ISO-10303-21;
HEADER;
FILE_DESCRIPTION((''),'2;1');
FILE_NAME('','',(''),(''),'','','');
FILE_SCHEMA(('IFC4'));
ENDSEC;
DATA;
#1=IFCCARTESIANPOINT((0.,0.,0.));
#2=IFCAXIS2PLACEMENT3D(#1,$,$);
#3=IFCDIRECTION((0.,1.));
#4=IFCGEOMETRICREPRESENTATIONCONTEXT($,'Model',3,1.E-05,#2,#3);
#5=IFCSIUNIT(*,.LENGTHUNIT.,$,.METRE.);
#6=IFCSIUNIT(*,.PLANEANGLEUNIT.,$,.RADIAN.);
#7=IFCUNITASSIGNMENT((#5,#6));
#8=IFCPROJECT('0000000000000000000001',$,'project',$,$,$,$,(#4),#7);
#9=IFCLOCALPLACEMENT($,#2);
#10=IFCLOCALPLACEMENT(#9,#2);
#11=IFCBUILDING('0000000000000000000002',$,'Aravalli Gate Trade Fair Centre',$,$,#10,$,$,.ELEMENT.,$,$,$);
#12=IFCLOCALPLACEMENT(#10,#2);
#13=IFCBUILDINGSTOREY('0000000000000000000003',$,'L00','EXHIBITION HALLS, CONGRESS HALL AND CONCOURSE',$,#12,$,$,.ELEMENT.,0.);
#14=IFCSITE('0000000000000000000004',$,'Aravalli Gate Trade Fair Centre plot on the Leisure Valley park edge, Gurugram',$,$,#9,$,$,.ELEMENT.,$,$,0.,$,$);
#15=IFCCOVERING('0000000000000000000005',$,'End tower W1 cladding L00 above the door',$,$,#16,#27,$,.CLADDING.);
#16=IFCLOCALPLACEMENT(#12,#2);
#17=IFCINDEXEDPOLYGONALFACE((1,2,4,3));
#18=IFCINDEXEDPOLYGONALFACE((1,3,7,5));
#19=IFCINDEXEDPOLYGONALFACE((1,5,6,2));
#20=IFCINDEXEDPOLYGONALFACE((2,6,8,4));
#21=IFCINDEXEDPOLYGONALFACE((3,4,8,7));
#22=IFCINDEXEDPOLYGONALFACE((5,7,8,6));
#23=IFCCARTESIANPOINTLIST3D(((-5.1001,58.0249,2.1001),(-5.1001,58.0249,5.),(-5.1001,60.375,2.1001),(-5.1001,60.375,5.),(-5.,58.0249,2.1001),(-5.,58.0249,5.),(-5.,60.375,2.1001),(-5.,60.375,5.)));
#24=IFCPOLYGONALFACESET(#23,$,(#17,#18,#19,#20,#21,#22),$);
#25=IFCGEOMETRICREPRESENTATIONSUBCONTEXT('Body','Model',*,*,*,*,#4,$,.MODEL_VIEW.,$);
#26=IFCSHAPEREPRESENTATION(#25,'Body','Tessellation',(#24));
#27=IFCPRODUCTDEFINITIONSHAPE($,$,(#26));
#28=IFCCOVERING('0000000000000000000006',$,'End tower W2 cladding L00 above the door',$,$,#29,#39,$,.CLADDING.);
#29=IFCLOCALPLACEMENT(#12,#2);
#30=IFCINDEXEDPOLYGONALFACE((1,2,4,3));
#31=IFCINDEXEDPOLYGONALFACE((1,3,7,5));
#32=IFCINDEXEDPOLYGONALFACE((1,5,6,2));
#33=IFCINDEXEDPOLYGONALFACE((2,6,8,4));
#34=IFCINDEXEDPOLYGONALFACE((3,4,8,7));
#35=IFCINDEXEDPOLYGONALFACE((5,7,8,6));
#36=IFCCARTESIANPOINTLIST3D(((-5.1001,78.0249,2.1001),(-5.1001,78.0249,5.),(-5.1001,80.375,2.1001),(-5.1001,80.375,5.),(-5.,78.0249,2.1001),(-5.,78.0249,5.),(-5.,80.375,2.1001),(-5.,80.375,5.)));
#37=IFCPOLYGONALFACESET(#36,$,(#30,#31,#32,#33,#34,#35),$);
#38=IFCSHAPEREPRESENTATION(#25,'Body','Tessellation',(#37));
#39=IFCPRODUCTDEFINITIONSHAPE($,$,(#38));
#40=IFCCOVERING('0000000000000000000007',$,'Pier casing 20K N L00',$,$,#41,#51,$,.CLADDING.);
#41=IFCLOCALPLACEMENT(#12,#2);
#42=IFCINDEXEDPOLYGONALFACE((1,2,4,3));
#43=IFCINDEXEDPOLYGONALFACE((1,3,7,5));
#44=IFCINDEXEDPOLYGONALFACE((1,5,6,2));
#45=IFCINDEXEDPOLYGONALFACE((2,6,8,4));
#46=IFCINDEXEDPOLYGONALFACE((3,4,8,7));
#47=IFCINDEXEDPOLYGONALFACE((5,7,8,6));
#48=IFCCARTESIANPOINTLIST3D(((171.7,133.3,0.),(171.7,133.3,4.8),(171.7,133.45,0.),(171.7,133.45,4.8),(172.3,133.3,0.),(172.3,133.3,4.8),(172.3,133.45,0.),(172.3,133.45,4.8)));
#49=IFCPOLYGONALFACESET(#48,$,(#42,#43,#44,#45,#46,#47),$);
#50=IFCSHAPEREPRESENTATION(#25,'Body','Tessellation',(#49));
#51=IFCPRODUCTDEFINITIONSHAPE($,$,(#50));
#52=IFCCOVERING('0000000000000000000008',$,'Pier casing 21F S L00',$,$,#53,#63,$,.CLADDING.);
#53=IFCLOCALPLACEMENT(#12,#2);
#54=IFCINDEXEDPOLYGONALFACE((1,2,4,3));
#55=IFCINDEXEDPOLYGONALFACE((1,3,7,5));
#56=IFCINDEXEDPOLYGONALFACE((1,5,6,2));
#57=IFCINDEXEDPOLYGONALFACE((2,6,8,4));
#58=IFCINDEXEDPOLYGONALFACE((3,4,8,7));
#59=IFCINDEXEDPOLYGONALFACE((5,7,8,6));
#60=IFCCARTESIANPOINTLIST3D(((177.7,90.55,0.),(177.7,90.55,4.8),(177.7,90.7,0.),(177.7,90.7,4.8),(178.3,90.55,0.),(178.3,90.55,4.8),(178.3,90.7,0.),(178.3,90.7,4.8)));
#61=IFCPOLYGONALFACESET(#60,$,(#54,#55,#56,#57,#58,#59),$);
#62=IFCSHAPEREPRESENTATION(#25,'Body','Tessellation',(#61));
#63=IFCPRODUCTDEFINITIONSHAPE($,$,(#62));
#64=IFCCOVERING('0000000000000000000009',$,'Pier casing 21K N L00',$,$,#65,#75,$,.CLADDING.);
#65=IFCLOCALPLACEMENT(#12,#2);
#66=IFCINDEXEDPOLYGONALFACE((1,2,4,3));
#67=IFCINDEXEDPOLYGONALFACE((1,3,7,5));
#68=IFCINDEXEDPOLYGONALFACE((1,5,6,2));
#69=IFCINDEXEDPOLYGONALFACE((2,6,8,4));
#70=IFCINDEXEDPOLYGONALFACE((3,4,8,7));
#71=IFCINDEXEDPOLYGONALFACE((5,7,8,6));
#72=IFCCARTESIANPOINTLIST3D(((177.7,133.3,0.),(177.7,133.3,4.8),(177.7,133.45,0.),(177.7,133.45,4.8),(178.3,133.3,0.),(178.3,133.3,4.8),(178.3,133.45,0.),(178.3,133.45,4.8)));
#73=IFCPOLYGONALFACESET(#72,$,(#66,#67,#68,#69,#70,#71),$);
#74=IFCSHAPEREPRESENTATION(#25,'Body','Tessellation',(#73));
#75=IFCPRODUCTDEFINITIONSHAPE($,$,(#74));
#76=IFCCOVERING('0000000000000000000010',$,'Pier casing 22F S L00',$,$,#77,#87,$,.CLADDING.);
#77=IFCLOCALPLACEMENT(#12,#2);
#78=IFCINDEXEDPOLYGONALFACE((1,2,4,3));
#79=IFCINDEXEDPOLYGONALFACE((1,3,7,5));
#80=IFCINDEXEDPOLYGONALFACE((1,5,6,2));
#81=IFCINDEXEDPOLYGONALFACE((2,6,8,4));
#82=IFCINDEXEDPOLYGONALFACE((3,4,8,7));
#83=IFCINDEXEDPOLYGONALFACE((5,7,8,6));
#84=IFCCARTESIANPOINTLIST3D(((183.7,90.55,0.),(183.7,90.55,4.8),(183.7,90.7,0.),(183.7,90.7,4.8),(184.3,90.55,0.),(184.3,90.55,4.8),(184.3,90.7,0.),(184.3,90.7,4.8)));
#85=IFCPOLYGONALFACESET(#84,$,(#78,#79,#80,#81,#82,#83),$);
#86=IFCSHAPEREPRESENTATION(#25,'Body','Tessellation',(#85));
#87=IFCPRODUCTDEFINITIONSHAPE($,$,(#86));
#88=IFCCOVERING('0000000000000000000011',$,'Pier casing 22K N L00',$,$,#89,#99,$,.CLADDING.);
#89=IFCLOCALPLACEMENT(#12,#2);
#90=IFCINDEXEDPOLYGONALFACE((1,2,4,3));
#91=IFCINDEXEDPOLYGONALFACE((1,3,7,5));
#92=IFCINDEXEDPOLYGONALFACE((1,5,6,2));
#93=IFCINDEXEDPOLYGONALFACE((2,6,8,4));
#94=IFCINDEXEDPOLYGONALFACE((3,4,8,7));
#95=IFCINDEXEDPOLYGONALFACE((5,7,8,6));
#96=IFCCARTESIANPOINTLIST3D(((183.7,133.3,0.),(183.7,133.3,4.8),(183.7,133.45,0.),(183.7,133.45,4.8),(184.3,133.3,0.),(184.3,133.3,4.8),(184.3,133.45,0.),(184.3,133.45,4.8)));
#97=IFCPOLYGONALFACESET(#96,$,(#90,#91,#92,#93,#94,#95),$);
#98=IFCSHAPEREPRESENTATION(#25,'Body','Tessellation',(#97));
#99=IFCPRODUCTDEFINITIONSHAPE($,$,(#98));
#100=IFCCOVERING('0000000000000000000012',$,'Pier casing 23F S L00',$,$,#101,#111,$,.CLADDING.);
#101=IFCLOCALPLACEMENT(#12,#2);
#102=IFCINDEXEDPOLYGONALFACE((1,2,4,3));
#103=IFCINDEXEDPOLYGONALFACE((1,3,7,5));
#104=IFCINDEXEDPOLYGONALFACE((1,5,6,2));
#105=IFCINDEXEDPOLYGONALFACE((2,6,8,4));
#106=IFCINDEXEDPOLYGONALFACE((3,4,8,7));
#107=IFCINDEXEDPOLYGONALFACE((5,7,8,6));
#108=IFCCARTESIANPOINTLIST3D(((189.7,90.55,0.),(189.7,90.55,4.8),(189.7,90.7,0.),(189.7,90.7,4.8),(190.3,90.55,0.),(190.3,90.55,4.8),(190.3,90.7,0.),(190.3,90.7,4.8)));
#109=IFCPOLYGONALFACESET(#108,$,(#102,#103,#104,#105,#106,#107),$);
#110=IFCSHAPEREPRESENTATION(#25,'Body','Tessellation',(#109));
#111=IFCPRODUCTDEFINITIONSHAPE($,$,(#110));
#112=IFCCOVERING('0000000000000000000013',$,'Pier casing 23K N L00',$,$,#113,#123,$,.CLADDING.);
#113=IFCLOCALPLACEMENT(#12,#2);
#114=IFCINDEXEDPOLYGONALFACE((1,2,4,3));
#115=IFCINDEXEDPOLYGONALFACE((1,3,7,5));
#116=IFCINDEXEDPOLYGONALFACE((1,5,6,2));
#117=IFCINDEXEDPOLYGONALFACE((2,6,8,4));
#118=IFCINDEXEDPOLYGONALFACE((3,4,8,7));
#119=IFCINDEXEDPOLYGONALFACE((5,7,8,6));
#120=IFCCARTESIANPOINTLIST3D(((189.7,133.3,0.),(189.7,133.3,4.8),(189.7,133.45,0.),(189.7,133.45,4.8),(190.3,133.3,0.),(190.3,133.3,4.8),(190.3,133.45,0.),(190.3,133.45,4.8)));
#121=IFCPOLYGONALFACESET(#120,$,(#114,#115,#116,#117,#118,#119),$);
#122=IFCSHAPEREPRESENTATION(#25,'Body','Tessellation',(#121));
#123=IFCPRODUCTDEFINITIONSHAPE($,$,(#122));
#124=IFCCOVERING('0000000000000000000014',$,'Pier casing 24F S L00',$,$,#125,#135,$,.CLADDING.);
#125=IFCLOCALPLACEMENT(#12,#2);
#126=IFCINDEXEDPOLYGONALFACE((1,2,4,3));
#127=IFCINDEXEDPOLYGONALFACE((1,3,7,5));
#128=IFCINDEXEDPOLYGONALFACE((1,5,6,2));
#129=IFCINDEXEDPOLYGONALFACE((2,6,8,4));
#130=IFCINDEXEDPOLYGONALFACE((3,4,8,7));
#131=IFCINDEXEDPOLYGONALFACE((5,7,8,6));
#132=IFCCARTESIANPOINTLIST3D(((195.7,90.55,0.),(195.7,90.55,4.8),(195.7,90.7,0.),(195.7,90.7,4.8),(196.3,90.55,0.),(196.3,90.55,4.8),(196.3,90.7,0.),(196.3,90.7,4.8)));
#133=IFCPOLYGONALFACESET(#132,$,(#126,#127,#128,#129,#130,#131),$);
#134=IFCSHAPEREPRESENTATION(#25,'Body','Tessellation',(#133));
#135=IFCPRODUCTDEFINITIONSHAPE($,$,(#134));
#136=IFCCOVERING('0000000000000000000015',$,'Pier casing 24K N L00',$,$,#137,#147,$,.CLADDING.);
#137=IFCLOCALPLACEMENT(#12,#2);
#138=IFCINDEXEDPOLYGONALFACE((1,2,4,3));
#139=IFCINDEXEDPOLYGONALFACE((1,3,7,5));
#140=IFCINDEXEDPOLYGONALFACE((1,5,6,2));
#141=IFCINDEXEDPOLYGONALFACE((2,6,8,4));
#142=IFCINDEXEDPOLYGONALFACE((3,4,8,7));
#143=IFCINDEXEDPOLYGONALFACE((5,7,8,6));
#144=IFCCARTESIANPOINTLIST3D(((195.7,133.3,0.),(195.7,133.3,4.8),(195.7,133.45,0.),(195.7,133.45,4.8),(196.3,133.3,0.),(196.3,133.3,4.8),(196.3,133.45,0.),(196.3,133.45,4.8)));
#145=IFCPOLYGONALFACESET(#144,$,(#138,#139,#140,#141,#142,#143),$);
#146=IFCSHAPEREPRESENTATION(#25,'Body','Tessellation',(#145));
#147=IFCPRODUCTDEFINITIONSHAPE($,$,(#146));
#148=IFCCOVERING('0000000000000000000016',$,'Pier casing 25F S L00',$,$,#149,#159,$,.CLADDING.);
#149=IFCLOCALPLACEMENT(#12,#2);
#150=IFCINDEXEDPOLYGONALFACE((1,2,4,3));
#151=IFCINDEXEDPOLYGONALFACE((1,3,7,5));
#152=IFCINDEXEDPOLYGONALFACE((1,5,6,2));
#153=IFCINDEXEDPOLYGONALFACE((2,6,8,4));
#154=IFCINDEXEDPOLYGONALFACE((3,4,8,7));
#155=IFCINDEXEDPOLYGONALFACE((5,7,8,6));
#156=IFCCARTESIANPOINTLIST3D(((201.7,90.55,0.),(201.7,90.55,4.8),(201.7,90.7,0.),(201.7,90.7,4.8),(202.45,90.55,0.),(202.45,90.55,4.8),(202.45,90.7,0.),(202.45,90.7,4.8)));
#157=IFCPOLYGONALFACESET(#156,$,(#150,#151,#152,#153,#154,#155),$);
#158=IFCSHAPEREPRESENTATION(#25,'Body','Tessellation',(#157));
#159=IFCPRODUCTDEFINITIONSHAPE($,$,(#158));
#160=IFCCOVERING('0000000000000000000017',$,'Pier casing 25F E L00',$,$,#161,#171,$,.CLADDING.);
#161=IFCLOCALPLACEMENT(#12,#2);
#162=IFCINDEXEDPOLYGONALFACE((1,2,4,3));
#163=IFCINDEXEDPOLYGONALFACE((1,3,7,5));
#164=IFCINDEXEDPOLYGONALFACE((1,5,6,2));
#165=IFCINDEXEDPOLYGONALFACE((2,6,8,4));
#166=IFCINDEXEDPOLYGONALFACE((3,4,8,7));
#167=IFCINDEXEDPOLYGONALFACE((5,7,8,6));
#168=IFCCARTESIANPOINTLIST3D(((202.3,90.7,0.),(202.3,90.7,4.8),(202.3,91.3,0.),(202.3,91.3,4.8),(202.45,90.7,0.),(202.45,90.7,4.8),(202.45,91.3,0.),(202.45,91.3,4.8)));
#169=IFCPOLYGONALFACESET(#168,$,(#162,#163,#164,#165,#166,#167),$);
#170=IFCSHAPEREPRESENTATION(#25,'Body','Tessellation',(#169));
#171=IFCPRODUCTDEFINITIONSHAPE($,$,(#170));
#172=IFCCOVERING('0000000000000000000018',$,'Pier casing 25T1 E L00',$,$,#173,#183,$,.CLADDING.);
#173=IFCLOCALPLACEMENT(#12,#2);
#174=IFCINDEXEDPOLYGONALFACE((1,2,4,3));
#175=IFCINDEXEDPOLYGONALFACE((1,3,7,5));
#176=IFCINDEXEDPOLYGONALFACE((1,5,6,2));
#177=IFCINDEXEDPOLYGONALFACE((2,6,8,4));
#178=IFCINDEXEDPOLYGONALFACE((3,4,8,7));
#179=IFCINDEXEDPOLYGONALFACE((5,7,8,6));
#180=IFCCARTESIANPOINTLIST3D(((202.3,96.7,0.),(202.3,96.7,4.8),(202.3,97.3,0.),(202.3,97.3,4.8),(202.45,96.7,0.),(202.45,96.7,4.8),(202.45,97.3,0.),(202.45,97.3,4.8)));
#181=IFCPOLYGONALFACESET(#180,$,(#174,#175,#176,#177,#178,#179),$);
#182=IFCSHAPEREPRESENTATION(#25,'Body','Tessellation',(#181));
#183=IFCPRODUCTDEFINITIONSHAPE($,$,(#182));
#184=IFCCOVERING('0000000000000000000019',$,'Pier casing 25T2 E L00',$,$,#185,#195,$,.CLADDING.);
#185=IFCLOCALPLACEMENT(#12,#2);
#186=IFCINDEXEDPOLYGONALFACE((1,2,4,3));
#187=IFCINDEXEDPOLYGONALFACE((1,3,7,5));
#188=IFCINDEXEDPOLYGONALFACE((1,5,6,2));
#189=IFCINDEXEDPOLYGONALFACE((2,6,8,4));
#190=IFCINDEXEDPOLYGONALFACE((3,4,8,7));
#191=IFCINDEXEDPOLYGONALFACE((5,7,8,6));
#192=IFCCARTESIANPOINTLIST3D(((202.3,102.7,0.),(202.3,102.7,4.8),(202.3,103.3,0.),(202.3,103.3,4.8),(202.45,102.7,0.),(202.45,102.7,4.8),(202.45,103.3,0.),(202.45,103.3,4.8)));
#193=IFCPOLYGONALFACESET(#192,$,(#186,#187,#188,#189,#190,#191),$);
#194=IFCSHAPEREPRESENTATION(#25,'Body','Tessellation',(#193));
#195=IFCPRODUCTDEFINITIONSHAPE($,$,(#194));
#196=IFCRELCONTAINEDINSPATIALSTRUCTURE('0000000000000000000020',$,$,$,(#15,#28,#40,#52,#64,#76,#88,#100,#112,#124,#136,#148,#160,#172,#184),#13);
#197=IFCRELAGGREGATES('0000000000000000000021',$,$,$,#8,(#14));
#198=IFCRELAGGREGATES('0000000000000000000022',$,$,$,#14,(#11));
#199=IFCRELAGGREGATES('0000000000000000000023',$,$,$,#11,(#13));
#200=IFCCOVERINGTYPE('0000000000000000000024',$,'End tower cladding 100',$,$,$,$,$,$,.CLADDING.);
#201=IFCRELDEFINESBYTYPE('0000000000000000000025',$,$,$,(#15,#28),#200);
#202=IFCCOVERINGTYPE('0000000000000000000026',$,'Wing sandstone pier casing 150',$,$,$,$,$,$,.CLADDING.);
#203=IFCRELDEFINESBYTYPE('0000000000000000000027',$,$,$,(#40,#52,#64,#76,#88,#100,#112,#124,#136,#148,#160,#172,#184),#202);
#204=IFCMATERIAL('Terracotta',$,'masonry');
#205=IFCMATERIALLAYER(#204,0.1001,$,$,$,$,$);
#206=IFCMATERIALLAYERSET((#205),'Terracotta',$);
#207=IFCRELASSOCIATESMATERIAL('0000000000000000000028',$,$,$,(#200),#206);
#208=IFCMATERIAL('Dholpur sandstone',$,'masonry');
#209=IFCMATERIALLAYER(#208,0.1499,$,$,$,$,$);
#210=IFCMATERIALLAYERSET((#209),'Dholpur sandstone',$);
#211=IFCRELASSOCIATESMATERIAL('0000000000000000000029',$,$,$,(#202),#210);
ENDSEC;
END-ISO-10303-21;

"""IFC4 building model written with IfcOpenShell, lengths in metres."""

from ifc_helpers import new_model, si_unit, direction, frame, origin, place, context, subcontext, project, spatial, polyline, outline, extrude, material, layer, layer_set, type_object, element, save


model = new_model("IFC4")

# Units and contexts
model_context = context("Model", 3, precision=1e-05, world=origin(), true_north=direction((0.0, 1.0)))
body_context = subcontext(model_context, "Body", "Model", "MODEL_VIEW")
ifc_project = project(units=[si_unit("LENGTHUNIT", "METRE"), si_unit("PLANEANGLEUNIT", "RADIAN")], contexts=[model_context])

# Site, building, storey
site_placement = place(None, origin())
site = spatial("IfcSite", under=ifc_project, at=site_placement, Name="Aravalli Gate Trade Fair Centre plot on the Leisure Valley park edge, Gurugram", CompositionType="ELEMENT", RefElevation=0.0)
building_placement = place(site_placement, origin())
building = spatial("IfcBuilding", under=site, at=building_placement, Name="Aravalli Gate Trade Fair Centre", CompositionType="ELEMENT")
storey_placement = place(building_placement, origin())
storey = spatial("IfcBuildingStorey", under=building, at=storey_placement, Name="L00", Description="EXHIBITION HALLS, CONGRESS HALL AND CONCOURSE", CompositionType="ELEMENT", Elevation=0.0)

# Coverings
ifc_material_1 = material(Name="Terracotta", Category="masonry")
ifc_layer_1 = layer(ifc_material_1, 0.1001)
ifc_layer_set_1 = layer_set([ifc_layer_1], Name="Terracotta")
covering_type_1 = type_object("IfcCoveringType", Name="End tower cladding 100", PredefinedType="CLADDING", material=ifc_layer_set_1)
covering_1_placement = place(storey_placement, frame((0.0, 0.0, 2.1001)))
element("IfcCovering", 1, at=covering_1_placement, inside=storey, type_object=covering_type_1, Name="End tower W1 cladding L00 above the door", PredefinedType="CLADDING", context=body_context, shape_type="SweptSolid", body=[
    extrude(outline(polyline([(-5.0, 58.0249), (-5.1001, 58.0249), (-5.1001, 60.375), (-5.0, 60.375), (-5.0, 58.0249)])), origin(), (0.0, 0.0, 1.0), 2.8999),
])
covering_2_placement = place(storey_placement, frame((0.0, 0.0, 2.1001)))
element("IfcCovering", 2, at=covering_2_placement, inside=storey, type_object=covering_type_1, Name="End tower W2 cladding L00 above the door", PredefinedType="CLADDING", context=body_context, shape_type="SweptSolid", body=[
    extrude(outline(polyline([(-5.0, 78.0249), (-5.1001, 78.0249), (-5.1001, 80.375), (-5.0, 80.375), (-5.0, 78.0249)])), origin(), (0.0, 0.0, 1.0), 2.8999),
])
ifc_material_2 = material(Name="Dholpur sandstone", Category="masonry")
ifc_layer_2 = layer(ifc_material_2, 0.1499)
ifc_layer_set_2 = layer_set([ifc_layer_2], Name="Dholpur sandstone")
covering_type_2 = type_object("IfcCoveringType", Name="Wing sandstone pier casing 150", PredefinedType="CLADDING", material=ifc_layer_set_2)
covering_3_placement = place(storey_placement, origin())
element("IfcCovering", 3, at=covering_3_placement, inside=storey, type_object=covering_type_2, Name="Pier casing 20K N L00", PredefinedType="CLADDING", context=body_context, shape_type="SweptSolid", body=[
    extrude(outline(polyline([(171.7, 133.3), (172.3, 133.3), (172.3, 133.45), (171.7, 133.45), (171.7, 133.3)])), origin(), (0.0, 0.0, 1.0), 4.8),
])
covering_4_placement = place(storey_placement, origin())
element("IfcCovering", 4, at=covering_4_placement, inside=storey, type_object=covering_type_2, Name="Pier casing 21F S L00", PredefinedType="CLADDING", context=body_context, shape_type="SweptSolid", body=[
    extrude(outline(polyline([(177.7, 90.55), (178.3, 90.55), (178.3, 90.7), (177.7, 90.7), (177.7, 90.55)])), origin(), (0.0, 0.0, 1.0), 4.8),
])
covering_5_placement = place(storey_placement, origin())
element("IfcCovering", 5, at=covering_5_placement, inside=storey, type_object=covering_type_2, Name="Pier casing 21K N L00", PredefinedType="CLADDING", context=body_context, shape_type="SweptSolid", body=[
    extrude(outline(polyline([(177.7, 133.3), (178.3, 133.3), (178.3, 133.45), (177.7, 133.45), (177.7, 133.3)])), origin(), (0.0, 0.0, 1.0), 4.8),
])
covering_6_placement = place(storey_placement, origin())
element("IfcCovering", 6, at=covering_6_placement, inside=storey, type_object=covering_type_2, Name="Pier casing 22F S L00", PredefinedType="CLADDING", context=body_context, shape_type="SweptSolid", body=[
    extrude(outline(polyline([(183.7, 90.55), (184.3, 90.55), (184.3, 90.7), (183.7, 90.7), (183.7, 90.55)])), origin(), (0.0, 0.0, 1.0), 4.8),
])
covering_7_placement = place(storey_placement, origin())
element("IfcCovering", 7, at=covering_7_placement, inside=storey, type_object=covering_type_2, Name="Pier casing 22K N L00", PredefinedType="CLADDING", context=body_context, shape_type="SweptSolid", body=[
    extrude(outline(polyline([(183.7, 133.3), (184.3, 133.3), (184.3, 133.45), (183.7, 133.45), (183.7, 133.3)])), origin(), (0.0, 0.0, 1.0), 4.8),
])
covering_8_placement = place(storey_placement, origin())
element("IfcCovering", 8, at=covering_8_placement, inside=storey, type_object=covering_type_2, Name="Pier casing 23F S L00", PredefinedType="CLADDING", context=body_context, shape_type="SweptSolid", body=[
    extrude(outline(polyline([(189.7, 90.55), (190.3, 90.55), (190.3, 90.7), (189.7, 90.7), (189.7, 90.55)])), origin(), (0.0, 0.0, 1.0), 4.8),
])
covering_9_placement = place(storey_placement, origin())
element("IfcCovering", 9, at=covering_9_placement, inside=storey, type_object=covering_type_2, Name="Pier casing 23K N L00", PredefinedType="CLADDING", context=body_context, shape_type="SweptSolid", body=[
    extrude(outline(polyline([(189.7, 133.3), (190.3, 133.3), (190.3, 133.45), (189.7, 133.45), (189.7, 133.3)])), origin(), (0.0, 0.0, 1.0), 4.8),
])
covering_10_placement = place(storey_placement, origin())
element("IfcCovering", 10, at=covering_10_placement, inside=storey, type_object=covering_type_2, Name="Pier casing 24F S L00", PredefinedType="CLADDING", context=body_context, shape_type="SweptSolid", body=[
    extrude(outline(polyline([(195.7, 90.55), (196.3, 90.55), (196.3, 90.7), (195.7, 90.7), (195.7, 90.55)])), origin(), (0.0, 0.0, 1.0), 4.8),
])
covering_11_placement = place(storey_placement, origin())
element("IfcCovering", 11, at=covering_11_placement, inside=storey, type_object=covering_type_2, Name="Pier casing 24K N L00", PredefinedType="CLADDING", context=body_context, shape_type="SweptSolid", body=[
    extrude(outline(polyline([(195.7, 133.3), (196.3, 133.3), (196.3, 133.45), (195.7, 133.45), (195.7, 133.3)])), origin(), (0.0, 0.0, 1.0), 4.8),
])
covering_12_placement = place(storey_placement, origin())
element("IfcCovering", 12, at=covering_12_placement, inside=storey, type_object=covering_type_2, Name="Pier casing 25F S L00", PredefinedType="CLADDING", context=body_context, shape_type="SweptSolid", body=[
    extrude(outline(polyline([(201.7, 90.55), (202.45, 90.55), (202.45, 90.7), (201.7, 90.7), (201.7, 90.55)])), origin(), (0.0, 0.0, 1.0), 4.8),
])
covering_13_placement = place(storey_placement, origin())
element("IfcCovering", 13, at=covering_13_placement, inside=storey, type_object=covering_type_2, Name="Pier casing 25F E L00", PredefinedType="CLADDING", context=body_context, shape_type="SweptSolid", body=[
    extrude(outline(polyline([(202.3, 90.7), (202.45, 90.7), (202.45, 91.3), (202.3, 91.3), (202.3, 90.7)])), origin(), (0.0, 0.0, 1.0), 4.8),
])
covering_14_placement = place(storey_placement, origin())
element("IfcCovering", 14, at=covering_14_placement, inside=storey, type_object=covering_type_2, Name="Pier casing 25T1 E L00", PredefinedType="CLADDING", context=body_context, shape_type="SweptSolid", body=[
    extrude(outline(polyline([(202.3, 96.7), (202.45, 96.7), (202.45, 97.3), (202.3, 97.3), (202.3, 96.7)])), origin(), (0.0, 0.0, 1.0), 4.8),
])
covering_15_placement = place(storey_placement, origin())
element("IfcCovering", 15, at=covering_15_placement, inside=storey, type_object=covering_type_2, Name="Pier casing 25T2 E L00", PredefinedType="CLADDING", context=body_context, shape_type="SweptSolid", body=[
    extrude(outline(polyline([(202.3, 102.7), (202.45, 102.7), (202.45, 103.3), (202.3, 103.3), (202.3, 102.7)])), origin(), (0.0, 0.0, 1.0), 4.8),
])

save(model, "model.ifc")
